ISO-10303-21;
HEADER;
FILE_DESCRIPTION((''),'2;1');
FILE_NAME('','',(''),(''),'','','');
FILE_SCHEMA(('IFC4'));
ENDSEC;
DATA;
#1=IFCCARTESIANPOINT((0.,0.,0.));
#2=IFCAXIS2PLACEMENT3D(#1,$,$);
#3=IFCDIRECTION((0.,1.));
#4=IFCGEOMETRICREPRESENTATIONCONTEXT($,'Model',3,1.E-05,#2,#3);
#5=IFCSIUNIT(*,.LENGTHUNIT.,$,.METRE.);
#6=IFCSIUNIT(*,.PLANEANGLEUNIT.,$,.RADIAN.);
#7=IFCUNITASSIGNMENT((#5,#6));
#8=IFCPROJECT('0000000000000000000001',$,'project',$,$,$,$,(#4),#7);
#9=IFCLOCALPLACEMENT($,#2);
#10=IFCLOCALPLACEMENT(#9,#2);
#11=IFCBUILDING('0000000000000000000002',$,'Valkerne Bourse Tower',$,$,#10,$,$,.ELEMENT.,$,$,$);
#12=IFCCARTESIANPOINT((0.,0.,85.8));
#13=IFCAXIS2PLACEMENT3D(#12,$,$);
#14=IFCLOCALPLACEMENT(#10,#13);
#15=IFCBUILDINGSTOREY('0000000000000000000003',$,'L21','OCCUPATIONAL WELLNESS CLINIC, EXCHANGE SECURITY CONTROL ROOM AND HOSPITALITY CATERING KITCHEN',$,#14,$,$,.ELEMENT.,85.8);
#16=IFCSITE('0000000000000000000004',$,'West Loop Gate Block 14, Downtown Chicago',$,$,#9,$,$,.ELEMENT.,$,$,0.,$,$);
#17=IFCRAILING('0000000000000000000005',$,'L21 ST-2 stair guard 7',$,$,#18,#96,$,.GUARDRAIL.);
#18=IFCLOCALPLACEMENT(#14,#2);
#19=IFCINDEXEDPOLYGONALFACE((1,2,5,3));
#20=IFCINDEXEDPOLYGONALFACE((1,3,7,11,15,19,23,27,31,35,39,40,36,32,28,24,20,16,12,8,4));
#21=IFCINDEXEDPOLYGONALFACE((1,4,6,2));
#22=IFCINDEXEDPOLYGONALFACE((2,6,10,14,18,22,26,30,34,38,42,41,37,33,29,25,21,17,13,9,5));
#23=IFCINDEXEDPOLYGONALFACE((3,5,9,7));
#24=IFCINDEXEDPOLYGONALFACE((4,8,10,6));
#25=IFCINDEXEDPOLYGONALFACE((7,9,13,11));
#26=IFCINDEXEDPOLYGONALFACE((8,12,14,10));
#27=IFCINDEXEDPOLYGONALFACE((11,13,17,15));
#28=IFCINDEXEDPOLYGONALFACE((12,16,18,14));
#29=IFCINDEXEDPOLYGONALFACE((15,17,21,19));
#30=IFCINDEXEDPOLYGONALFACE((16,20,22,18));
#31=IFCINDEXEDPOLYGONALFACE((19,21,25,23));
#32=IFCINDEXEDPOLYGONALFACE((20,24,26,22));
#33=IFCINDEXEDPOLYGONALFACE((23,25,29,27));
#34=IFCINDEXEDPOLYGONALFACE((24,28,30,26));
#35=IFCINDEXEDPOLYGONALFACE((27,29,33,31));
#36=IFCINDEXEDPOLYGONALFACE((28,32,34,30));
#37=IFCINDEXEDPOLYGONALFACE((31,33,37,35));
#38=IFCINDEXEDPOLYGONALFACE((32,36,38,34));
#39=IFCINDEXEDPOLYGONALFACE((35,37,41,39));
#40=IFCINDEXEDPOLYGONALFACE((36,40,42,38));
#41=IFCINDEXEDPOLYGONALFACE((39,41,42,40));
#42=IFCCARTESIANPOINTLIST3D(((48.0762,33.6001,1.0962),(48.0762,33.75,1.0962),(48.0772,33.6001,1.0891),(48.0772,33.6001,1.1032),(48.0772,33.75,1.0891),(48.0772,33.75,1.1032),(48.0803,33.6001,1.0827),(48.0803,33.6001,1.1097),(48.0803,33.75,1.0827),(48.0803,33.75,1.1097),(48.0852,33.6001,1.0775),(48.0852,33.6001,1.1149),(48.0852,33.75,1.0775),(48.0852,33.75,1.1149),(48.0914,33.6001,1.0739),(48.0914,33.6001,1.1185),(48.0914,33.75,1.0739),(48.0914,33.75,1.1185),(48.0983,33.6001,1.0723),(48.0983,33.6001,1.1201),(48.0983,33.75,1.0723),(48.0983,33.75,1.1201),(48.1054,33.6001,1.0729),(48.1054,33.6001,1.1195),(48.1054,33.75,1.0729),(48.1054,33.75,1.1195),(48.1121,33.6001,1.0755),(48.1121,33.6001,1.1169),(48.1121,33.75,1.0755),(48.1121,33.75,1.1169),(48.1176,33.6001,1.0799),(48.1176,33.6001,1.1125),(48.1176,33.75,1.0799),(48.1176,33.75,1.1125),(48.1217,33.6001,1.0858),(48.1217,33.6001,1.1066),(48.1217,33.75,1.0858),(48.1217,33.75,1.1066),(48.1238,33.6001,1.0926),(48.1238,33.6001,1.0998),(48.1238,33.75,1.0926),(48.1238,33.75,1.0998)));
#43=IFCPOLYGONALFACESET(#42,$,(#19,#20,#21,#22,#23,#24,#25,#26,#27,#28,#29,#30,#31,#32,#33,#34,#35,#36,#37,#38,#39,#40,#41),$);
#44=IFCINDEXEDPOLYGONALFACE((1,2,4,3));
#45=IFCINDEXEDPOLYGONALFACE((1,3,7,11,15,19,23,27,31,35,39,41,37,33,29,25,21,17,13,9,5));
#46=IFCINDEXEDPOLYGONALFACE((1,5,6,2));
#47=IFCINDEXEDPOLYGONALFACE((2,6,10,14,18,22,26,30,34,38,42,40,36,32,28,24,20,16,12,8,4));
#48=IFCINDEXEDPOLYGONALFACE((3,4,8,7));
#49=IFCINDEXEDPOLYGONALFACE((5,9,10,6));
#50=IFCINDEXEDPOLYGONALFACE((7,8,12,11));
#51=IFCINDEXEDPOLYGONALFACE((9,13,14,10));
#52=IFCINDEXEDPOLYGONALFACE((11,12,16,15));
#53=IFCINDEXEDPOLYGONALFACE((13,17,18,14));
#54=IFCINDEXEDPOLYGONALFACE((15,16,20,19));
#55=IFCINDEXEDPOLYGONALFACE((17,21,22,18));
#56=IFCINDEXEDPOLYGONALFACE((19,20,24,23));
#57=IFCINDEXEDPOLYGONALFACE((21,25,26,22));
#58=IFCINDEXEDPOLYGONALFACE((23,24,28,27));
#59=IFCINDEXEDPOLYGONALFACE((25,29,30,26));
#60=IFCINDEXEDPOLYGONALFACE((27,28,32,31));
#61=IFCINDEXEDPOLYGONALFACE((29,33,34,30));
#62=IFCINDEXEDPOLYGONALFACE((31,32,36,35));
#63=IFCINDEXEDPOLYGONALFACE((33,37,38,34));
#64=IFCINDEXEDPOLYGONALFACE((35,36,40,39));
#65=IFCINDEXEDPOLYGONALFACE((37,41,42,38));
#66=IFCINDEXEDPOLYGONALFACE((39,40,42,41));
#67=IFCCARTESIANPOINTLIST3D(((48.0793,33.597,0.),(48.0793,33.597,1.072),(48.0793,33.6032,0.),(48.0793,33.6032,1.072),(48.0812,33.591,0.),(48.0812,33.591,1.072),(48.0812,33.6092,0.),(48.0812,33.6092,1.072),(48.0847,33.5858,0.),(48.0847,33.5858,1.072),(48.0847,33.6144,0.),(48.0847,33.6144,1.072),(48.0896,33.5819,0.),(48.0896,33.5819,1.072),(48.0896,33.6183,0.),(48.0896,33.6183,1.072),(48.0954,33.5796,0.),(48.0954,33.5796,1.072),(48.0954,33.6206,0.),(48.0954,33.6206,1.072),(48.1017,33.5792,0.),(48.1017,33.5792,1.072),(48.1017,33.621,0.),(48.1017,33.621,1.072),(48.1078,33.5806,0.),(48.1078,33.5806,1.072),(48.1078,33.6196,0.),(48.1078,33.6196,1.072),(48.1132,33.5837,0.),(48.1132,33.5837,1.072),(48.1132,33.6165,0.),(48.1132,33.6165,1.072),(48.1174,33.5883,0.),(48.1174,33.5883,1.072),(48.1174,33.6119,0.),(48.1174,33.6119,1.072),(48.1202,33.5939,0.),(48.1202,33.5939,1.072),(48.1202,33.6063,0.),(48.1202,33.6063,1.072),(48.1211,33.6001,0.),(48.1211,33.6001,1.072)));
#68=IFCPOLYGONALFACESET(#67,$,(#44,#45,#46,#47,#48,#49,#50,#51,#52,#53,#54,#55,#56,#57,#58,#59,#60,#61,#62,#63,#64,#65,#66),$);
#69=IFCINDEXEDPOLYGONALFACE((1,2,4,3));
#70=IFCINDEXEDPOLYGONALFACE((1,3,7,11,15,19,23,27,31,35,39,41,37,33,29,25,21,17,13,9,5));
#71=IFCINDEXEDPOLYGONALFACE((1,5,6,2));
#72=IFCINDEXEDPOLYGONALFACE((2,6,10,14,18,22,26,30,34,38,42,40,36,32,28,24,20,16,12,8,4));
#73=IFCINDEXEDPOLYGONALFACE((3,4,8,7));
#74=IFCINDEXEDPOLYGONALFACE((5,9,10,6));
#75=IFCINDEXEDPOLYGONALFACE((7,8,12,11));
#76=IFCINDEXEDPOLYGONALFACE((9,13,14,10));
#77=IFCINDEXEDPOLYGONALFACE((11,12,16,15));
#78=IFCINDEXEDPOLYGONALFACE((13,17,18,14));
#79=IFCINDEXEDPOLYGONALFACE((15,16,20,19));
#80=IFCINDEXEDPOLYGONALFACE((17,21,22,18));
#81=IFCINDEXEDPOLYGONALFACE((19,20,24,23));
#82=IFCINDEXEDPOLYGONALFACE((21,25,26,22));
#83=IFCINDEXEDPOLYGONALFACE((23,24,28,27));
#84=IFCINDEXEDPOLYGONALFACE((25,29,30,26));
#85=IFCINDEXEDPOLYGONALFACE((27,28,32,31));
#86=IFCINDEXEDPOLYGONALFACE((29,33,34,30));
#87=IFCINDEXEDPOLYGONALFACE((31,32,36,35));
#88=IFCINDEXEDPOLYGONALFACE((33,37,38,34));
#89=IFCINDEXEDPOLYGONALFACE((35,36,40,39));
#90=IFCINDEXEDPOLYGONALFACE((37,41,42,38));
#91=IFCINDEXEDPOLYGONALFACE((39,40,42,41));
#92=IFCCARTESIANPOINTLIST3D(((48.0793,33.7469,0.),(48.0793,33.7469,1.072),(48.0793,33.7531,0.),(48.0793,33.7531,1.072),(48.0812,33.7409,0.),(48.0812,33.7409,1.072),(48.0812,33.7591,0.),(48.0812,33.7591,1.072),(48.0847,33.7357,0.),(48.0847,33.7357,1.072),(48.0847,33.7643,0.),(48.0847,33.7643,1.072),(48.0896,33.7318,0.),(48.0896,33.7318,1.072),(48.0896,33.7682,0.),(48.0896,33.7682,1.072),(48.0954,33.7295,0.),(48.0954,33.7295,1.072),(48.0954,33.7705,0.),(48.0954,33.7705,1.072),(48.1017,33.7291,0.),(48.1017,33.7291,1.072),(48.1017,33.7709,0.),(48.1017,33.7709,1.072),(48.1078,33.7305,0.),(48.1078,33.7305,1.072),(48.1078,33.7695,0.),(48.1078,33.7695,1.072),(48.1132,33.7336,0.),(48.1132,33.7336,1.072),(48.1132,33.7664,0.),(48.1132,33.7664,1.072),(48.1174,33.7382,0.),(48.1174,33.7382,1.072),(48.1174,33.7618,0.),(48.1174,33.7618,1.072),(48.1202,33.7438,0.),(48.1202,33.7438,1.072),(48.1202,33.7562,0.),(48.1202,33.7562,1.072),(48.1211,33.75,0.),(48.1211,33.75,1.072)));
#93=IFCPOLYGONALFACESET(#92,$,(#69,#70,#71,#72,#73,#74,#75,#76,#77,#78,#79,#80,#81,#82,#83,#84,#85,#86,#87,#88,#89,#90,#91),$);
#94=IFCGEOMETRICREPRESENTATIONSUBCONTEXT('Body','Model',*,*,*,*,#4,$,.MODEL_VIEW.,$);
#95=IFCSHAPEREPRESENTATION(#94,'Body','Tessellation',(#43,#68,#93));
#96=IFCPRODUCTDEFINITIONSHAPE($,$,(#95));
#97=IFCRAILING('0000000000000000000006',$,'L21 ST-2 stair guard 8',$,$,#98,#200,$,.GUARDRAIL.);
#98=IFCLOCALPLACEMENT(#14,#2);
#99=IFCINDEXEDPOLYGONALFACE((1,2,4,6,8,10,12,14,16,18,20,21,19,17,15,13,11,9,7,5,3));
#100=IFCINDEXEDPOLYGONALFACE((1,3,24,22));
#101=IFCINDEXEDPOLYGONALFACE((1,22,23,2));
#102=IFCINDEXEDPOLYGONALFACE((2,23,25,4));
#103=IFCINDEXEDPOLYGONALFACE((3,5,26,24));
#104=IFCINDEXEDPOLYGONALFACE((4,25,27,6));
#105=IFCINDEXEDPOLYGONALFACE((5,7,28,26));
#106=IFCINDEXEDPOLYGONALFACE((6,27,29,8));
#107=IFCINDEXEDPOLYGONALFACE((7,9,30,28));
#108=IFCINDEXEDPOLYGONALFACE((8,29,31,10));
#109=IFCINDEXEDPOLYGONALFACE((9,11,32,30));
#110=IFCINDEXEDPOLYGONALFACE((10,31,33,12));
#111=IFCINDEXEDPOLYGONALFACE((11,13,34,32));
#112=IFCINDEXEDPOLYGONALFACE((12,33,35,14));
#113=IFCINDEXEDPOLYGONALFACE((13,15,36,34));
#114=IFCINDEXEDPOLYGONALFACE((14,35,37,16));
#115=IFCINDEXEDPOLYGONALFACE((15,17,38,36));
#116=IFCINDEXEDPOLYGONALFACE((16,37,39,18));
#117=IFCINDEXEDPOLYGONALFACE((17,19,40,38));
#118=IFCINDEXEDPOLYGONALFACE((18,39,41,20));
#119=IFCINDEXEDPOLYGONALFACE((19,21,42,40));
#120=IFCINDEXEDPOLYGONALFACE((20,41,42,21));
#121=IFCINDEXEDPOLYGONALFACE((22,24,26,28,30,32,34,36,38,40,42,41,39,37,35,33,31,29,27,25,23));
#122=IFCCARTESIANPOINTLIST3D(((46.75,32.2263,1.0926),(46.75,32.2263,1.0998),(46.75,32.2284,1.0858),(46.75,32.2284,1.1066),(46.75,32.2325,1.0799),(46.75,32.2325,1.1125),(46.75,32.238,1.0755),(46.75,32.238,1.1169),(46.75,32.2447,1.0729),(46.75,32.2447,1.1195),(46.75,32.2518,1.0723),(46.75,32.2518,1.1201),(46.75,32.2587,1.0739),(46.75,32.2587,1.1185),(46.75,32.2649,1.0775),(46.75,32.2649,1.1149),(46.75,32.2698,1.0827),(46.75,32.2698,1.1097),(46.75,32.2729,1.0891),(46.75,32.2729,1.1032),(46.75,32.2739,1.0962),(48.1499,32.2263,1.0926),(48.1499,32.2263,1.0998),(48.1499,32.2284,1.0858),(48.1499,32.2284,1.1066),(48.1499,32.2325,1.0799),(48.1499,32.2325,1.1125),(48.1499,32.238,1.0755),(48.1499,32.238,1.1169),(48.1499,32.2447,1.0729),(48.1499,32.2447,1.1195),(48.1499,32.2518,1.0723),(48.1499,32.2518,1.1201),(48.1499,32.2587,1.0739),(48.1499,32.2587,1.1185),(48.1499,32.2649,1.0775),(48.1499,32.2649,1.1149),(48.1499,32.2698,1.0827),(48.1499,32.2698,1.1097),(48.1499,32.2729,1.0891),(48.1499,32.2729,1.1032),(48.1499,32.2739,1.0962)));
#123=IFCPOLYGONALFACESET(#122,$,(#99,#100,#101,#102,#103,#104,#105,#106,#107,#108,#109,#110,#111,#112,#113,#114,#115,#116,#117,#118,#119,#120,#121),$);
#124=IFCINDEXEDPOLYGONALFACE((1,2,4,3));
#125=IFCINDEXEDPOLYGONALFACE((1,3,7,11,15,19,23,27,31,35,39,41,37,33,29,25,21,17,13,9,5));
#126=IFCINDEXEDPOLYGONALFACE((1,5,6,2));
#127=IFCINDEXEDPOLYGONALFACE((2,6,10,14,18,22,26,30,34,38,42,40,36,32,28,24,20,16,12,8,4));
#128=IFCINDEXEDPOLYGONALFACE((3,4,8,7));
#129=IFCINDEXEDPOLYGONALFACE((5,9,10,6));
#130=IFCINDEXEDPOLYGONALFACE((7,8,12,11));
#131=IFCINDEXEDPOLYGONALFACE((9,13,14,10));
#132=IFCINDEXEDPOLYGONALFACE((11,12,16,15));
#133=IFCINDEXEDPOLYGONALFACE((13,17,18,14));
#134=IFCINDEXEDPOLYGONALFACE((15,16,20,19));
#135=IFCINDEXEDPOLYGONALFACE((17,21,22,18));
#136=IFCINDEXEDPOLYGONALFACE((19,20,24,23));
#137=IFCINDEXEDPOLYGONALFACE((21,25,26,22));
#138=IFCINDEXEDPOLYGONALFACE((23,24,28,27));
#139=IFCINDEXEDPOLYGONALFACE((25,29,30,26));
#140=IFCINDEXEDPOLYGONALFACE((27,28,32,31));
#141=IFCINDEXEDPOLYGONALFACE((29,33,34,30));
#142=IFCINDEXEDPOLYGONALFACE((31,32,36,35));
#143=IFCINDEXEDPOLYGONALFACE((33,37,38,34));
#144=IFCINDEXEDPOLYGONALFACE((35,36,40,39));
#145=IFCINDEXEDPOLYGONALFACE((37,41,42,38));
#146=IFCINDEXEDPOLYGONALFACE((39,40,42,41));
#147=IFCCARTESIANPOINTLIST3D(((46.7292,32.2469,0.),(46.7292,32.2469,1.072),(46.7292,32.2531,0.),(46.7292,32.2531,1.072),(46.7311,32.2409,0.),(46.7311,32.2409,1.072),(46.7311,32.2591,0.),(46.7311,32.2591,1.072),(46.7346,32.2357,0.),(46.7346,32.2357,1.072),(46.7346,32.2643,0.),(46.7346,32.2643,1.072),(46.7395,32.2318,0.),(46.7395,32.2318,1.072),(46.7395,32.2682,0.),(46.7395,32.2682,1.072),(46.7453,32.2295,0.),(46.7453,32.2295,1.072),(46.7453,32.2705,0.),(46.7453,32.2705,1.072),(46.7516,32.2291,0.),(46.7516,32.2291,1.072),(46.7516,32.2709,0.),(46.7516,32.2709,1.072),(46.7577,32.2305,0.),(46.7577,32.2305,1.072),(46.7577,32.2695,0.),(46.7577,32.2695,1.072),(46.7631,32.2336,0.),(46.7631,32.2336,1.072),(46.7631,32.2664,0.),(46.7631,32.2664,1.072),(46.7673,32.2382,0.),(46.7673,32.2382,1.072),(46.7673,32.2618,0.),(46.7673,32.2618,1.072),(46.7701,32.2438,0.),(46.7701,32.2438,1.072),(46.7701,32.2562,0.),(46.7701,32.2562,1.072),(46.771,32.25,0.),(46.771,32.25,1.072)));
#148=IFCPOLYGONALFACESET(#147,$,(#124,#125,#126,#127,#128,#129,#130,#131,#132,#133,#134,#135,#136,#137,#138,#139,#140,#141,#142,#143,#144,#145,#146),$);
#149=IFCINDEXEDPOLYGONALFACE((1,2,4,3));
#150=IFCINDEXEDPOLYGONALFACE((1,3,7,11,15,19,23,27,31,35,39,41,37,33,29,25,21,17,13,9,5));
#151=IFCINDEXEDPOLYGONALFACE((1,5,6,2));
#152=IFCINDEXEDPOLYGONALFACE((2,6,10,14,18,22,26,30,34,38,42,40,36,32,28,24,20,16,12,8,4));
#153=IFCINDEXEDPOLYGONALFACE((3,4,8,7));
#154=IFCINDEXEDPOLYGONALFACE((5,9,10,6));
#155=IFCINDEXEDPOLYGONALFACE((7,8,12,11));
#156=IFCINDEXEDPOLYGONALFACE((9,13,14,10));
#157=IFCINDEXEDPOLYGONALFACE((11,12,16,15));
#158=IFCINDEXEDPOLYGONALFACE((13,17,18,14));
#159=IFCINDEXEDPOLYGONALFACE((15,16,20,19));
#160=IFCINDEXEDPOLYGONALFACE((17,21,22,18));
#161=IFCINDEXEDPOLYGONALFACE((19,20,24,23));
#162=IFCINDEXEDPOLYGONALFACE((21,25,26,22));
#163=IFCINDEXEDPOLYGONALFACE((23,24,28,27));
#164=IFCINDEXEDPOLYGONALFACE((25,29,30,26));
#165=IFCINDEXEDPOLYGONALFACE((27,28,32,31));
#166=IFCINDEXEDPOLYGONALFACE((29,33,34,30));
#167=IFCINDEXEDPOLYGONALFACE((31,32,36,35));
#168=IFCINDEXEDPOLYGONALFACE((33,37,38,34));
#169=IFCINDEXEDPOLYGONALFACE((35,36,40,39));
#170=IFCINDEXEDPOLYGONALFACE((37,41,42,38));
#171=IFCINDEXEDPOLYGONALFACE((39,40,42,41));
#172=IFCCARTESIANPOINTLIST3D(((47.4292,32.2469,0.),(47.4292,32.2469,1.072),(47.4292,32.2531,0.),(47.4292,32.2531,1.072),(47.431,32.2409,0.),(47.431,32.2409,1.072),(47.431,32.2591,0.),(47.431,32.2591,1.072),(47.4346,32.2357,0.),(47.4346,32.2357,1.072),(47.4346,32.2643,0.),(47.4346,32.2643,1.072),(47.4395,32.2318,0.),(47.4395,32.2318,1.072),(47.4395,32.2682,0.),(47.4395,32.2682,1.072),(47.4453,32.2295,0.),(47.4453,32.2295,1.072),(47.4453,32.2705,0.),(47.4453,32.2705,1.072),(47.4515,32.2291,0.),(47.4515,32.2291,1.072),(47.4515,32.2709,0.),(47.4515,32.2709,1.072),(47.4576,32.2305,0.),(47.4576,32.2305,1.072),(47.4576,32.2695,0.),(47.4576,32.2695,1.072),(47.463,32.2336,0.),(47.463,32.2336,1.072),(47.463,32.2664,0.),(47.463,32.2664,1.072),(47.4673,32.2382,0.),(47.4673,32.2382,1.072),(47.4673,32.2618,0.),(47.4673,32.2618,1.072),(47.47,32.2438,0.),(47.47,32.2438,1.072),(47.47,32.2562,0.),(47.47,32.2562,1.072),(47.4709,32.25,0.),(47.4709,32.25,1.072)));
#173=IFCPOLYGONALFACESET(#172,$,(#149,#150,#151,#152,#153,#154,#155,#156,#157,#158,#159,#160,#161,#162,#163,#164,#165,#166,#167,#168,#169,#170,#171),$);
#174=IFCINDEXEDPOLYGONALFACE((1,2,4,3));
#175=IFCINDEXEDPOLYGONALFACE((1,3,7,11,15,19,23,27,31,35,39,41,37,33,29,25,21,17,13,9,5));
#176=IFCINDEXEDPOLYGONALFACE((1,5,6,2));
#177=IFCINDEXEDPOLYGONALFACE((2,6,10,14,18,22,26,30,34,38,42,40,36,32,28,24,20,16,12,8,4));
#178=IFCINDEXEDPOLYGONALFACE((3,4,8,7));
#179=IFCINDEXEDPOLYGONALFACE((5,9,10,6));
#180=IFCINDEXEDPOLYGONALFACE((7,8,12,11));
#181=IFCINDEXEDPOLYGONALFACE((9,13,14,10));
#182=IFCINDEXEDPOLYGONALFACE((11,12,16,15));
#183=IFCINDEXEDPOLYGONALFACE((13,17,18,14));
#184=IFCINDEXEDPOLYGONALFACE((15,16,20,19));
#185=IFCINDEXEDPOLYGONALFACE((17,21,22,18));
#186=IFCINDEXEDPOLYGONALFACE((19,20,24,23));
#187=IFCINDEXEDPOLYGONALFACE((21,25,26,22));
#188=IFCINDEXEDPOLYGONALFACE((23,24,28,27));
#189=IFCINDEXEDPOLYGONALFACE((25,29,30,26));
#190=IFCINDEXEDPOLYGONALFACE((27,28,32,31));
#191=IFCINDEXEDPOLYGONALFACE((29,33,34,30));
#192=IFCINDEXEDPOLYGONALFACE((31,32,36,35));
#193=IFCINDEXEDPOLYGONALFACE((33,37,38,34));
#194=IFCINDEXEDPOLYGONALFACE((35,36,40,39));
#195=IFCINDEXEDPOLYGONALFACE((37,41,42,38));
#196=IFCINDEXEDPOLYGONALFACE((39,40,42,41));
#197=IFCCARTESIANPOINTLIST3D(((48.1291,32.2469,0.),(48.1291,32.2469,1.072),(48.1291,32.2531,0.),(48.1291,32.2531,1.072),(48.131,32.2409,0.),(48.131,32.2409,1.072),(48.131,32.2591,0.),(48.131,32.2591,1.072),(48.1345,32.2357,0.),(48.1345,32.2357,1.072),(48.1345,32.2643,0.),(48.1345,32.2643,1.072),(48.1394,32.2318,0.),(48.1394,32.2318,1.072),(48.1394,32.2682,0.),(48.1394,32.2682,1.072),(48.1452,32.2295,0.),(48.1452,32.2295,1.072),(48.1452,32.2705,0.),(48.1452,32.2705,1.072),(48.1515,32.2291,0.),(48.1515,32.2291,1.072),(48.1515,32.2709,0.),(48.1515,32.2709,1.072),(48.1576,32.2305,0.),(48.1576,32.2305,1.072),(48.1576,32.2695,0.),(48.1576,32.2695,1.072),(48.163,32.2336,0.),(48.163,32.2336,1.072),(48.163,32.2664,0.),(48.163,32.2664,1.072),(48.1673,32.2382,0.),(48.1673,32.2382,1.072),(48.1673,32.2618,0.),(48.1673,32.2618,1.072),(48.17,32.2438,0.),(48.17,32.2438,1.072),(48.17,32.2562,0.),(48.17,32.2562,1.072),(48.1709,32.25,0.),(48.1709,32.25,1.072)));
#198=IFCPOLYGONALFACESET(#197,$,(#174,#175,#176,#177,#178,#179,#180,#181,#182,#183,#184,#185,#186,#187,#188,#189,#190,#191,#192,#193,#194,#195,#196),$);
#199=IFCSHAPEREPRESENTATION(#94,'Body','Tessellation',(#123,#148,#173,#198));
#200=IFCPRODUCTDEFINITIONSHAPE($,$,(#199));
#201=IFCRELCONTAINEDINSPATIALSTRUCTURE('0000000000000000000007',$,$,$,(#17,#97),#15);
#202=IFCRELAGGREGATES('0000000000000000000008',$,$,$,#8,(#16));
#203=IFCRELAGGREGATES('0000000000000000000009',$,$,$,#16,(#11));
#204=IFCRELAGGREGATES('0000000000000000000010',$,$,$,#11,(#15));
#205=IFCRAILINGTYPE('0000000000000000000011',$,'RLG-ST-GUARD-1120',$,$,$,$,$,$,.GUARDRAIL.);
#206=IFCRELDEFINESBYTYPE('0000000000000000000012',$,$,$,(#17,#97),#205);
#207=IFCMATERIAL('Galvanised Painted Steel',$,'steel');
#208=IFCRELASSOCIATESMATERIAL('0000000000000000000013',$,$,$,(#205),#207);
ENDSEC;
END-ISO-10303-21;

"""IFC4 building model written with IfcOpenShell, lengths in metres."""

from ifc_helpers import new_model, si_unit, direction, frame, origin, origin_2d, place, context, subcontext, project, spatial, circle, extrude, material, type_object, element, save


model = new_model("IFC4")

# Units and contexts
model_context = context("Model", 3, precision=1e-05, world=origin(), true_north=direction((0.0, 1.0)))
body_context = subcontext(model_context, "Body", "Model", "MODEL_VIEW")
ifc_project = project(units=[si_unit("LENGTHUNIT", "METRE"), si_unit("PLANEANGLEUNIT", "RADIAN")], contexts=[model_context])

# Site, building, storey
site_placement = place(None, origin())
site = spatial("IfcSite", under=ifc_project, at=site_placement, Name="West Loop Gate Block 14, Downtown Chicago", CompositionType="ELEMENT", RefElevation=0.0)
building_placement = place(site_placement, origin())
building = spatial("IfcBuilding", under=site, at=building_placement, Name="Valkerne Bourse Tower", CompositionType="ELEMENT")
storey_placement = place(building_placement, frame((0.0, 0.0, 85.8)))
storey = spatial("IfcBuildingStorey", under=building, at=storey_placement, Name="L21", Description="OCCUPATIONAL WELLNESS CLINIC, EXCHANGE SECURITY CONTROL ROOM AND HOSPITALITY CATERING KITCHEN", CompositionType="ELEMENT", Elevation=85.8)

# Shared definitions
ifc_material_1 = material(Name="Galvanised Painted Steel", Category="steel")

# Railings
railing_type_1 = type_object("IfcRailingType", Name="RLG-ST-GUARD-1120", PredefinedType="GUARDRAIL", material=ifc_material_1)
railing_1_placement = place(storey_placement, frame((48.1001, 33.6001, 0.0)))
element("IfcRailing", 1, at=railing_1_placement, inside=storey, type_object=railing_type_1, Name="L21 ST-2 stair guard 7", PredefinedType="GUARDRAIL", context=body_context, shape_type="SweptSolid", body=[
    extrude(circle(Radius=0.0239, at=origin_2d()), frame((0.0, 0.0, 1.0962), z_axis=(0.0, 1.0, 0.0), x_axis=(-1.0, 0.0, 0.0)), (0.0, 0.0, 1.0), 0.1499),
    extrude(circle(Radius=0.021, at=origin_2d()), origin(), (0.0, 0.0, 1.0), 1.072),
    extrude(circle(Radius=0.021, at=origin_2d()), frame((0.0, 0.1499, 0.0)), (0.0, 0.0, 1.0), 1.072),
])
for number, where, name in (
    (2, (46.75, 32.25, 0.0), "L21 ST-2 stair guard 8"),
):
    element("IfcRailing", number, at=place(storey_placement, frame(where)), inside=storey, type_object=railing_type_1, Name=name, PredefinedType="GUARDRAIL", context=body_context, shape_type="SweptSolid", body=[
        extrude(circle(Radius=0.0239, at=origin_2d()), frame((0.0, 0.0, 1.0962), z_axis=(1.0, 0.0, 0.0), x_axis=(0.0, 1.0, 0.0)), (0.0, 0.0, 1.0), 1.3999),
        extrude(circle(Radius=0.021, at=origin_2d()), origin(), (0.0, 0.0, 1.0), 1.072),
        extrude(circle(Radius=0.021, at=origin_2d()), frame((0.7, 0.0, 0.0)), (0.0, 0.0, 1.0), 1.072),
        extrude(circle(Radius=0.021, at=origin_2d()), frame((1.3999, 0.0, 0.0)), (0.0, 0.0, 1.0), 1.072),
    ])

save(model, "model.ifc")
